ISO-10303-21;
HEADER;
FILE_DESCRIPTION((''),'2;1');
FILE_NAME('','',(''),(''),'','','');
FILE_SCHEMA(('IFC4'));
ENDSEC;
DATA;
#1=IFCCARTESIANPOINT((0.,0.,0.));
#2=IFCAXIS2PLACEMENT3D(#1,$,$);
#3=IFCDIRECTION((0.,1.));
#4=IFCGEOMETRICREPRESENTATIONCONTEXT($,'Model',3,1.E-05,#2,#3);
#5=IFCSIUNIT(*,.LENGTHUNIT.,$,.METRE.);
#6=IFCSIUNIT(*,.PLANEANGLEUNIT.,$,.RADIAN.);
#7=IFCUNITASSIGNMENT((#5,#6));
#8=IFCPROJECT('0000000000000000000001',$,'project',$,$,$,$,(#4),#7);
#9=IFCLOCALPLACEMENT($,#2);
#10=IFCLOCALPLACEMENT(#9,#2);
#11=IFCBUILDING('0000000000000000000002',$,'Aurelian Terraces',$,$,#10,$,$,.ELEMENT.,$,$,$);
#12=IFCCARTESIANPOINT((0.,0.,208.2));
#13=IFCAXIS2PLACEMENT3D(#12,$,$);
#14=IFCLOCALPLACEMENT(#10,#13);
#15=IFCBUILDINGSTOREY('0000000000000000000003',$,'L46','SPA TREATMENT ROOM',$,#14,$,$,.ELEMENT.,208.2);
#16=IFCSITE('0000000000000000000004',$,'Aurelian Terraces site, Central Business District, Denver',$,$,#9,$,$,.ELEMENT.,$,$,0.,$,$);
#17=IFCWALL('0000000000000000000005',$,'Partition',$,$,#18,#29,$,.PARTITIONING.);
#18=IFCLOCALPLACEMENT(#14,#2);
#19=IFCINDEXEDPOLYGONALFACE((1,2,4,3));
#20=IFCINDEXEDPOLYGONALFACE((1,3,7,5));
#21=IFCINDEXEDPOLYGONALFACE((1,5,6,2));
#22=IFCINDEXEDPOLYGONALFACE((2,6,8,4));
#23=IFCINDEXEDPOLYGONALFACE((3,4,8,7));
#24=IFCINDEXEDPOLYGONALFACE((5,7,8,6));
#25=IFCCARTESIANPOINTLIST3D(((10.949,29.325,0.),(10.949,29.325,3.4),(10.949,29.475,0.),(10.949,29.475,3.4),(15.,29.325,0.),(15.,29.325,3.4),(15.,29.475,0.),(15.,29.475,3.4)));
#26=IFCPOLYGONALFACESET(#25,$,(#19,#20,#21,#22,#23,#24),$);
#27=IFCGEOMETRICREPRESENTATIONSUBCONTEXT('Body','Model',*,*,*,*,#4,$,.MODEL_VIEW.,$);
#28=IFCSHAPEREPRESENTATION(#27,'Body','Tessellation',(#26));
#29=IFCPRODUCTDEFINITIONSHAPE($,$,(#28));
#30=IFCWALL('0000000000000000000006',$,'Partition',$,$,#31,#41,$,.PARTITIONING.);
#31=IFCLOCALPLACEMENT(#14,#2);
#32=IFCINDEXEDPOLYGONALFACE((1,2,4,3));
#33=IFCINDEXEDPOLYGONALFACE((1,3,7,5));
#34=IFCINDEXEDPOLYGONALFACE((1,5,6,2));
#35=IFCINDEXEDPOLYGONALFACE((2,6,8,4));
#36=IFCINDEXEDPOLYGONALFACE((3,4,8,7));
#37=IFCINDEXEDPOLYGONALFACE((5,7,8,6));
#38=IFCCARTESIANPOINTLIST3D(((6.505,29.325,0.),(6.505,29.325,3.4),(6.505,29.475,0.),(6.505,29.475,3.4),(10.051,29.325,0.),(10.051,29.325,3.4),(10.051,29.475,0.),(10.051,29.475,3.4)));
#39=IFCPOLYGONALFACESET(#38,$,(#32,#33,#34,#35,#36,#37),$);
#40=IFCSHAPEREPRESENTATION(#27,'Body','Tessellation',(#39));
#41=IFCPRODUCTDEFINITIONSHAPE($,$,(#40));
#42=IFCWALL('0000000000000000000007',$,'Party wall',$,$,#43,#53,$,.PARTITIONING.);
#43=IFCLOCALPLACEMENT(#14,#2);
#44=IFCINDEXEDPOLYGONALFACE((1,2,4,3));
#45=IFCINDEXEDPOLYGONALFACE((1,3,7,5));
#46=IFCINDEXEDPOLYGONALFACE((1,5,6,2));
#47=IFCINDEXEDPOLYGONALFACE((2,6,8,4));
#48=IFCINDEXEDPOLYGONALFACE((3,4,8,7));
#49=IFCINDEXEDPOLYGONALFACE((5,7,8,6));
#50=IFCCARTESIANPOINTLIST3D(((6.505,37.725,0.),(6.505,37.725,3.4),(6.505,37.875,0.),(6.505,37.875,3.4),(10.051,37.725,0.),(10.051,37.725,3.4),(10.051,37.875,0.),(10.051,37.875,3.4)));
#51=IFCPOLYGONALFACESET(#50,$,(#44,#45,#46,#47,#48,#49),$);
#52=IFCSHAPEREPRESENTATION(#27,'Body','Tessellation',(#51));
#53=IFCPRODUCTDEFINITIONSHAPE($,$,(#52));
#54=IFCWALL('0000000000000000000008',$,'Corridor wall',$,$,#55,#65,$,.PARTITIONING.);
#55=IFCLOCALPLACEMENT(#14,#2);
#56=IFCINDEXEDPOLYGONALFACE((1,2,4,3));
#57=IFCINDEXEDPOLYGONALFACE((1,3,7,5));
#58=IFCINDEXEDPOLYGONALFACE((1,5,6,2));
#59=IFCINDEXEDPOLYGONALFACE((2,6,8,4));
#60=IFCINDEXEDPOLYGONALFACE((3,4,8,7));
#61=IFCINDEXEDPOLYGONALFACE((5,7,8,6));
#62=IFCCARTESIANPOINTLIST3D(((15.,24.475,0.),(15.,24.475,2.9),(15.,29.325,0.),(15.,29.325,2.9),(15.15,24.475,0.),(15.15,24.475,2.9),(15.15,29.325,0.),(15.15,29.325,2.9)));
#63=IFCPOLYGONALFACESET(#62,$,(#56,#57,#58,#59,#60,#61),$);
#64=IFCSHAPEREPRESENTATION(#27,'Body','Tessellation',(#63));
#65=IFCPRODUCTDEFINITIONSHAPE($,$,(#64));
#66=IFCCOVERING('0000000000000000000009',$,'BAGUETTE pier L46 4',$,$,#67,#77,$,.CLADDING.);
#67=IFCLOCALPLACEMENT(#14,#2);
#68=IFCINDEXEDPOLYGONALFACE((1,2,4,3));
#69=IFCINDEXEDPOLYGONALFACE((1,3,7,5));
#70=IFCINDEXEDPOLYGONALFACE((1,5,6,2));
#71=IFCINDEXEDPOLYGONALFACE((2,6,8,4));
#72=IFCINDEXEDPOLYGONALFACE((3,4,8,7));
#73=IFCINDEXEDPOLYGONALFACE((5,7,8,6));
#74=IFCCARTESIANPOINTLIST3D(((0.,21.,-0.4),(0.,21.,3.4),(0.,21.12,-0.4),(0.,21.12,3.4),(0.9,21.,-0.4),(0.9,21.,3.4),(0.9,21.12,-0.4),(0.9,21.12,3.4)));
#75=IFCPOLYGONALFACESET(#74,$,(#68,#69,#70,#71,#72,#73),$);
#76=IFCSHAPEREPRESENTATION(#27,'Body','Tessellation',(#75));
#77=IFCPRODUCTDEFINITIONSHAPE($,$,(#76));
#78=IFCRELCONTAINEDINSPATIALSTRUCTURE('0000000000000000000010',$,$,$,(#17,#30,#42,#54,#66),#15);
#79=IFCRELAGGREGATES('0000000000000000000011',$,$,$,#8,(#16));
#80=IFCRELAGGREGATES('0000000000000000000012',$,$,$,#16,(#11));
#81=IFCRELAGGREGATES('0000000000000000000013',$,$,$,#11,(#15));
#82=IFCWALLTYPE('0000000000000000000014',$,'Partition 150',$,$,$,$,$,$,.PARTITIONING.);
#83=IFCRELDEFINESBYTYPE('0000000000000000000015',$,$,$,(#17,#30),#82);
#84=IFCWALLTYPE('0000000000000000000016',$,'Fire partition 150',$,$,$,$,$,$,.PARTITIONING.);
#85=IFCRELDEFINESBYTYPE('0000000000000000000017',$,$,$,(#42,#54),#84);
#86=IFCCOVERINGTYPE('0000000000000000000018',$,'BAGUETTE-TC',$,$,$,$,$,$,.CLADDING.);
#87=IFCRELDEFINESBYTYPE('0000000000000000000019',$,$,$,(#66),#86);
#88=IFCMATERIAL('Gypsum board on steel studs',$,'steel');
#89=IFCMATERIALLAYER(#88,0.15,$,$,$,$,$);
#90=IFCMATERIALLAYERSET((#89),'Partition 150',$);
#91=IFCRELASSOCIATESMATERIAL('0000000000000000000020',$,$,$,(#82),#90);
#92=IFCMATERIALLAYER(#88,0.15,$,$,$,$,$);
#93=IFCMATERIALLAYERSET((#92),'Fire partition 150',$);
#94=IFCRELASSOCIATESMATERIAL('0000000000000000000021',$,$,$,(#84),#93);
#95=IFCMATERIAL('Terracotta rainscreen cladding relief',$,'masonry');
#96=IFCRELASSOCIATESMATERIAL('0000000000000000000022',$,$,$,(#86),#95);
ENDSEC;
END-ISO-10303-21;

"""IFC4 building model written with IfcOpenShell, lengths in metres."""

from ifc_helpers import new_model, si_unit, direction, frame, frame_2d, origin, origin_2d, place, context, subcontext, project, spatial, rectangle, extrude, source, transform, mapped, material, layer, layer_set, type_object, element, save


model = new_model("IFC4")

# Units and contexts
model_context = context("Model", 3, precision=1e-05, world=origin(), true_north=direction((0.0, 1.0)))
body_context = subcontext(model_context, "Body", "Model", "MODEL_VIEW")
ifc_project = project(units=[si_unit("LENGTHUNIT", "METRE"), si_unit("PLANEANGLEUNIT", "RADIAN")], contexts=[model_context])

# Site, building, storey
site_placement = place(None, origin())
site = spatial("IfcSite", under=ifc_project, at=site_placement, Name="Aurelian Terraces site, Central Business District, Denver", CompositionType="ELEMENT", RefElevation=0.0)
building_placement = place(site_placement, origin())
building = spatial("IfcBuilding", under=site, at=building_placement, Name="Aurelian Terraces", CompositionType="ELEMENT")
storey_placement = place(building_placement, frame((0.0, 0.0, 208.2)))
storey = spatial("IfcBuildingStorey", under=building, at=storey_placement, Name="L46", Description="SPA TREATMENT ROOM", CompositionType="ELEMENT", Elevation=208.2)

# Shared definitions
ifc_material_1 = material(Name="Gypsum board on steel studs", Category="steel")
ifc_layer_1 = layer(ifc_material_1, 0.15)
ifc_layer_set_1 = layer_set([ifc_layer_1], Name="Partition 150")
wall_type_1 = type_object("IfcWallType", Name="Partition 150", PredefinedType="PARTITIONING", material=ifc_layer_set_1)

# Shared definitions
ifc_layer_2 = layer(ifc_material_1, 0.15)
ifc_layer_set_2 = layer_set([ifc_layer_2], Name="Fire partition 150")
wall_type_2 = type_object("IfcWallType", Name="Fire partition 150", PredefinedType="PARTITIONING", material=ifc_layer_set_2)

# Walls
shared_shape_1 = source(origin(), body_context, "Body", "SweptSolid", [
    extrude(rectangle(XDim=4.051, YDim=0.15, at=frame_2d((2.0255, 0.0))), origin(), (0.0, 0.0, 1.0), 3.4),
])
wall_1_placement = place(storey_placement, frame((15.0, 29.4, 0.0), z_axis=(0.0, 0.0, 1.0), x_axis=(-1.0, 0.0, 0.0)))
element("IfcWall", 1, at=wall_1_placement, inside=storey, type_object=wall_type_1, Name="Partition", PredefinedType="PARTITIONING", context=body_context, shape_type="MappedRepresentation", body=[
    mapped(shared_shape_1, transform((0.0, 0.0, 0.0), scale=1.0)),
])
shared_shape_2 = source(origin(), body_context, "Body", "SweptSolid", [
    extrude(rectangle(XDim=3.546, YDim=0.15, at=frame_2d((1.773, 0.0))), origin(), (0.0, 0.0, 1.0), 3.4),
])
wall_2_placement = place(storey_placement, frame((10.051, 29.4, 0.0), z_axis=(0.0, 0.0, 1.0), x_axis=(-1.0, 0.0, 0.0)))
element("IfcWall", 2, at=wall_2_placement, inside=storey, type_object=wall_type_1, Name="Partition", PredefinedType="PARTITIONING", context=body_context, shape_type="MappedRepresentation", body=[
    mapped(shared_shape_2, transform((0.0, 0.0, 0.0), scale=1.0)),
])
wall_3_placement = place(storey_placement, frame((10.051, 37.8, 0.0), z_axis=(0.0, 0.0, 1.0), x_axis=(-1.0, 0.0, 0.0)))
element("IfcWall", 3, at=wall_3_placement, inside=storey, type_object=wall_type_2, Name="Party wall", PredefinedType="PARTITIONING", context=body_context, shape_type="MappedRepresentation", body=[
    mapped(shared_shape_2, transform((0.0, 0.0, 0.0), scale=1.0)),
])
shared_shape_3 = source(origin(), body_context, "Body", "SweptSolid", [
    extrude(rectangle(XDim=4.85, YDim=0.15, at=frame_2d((2.425, 0.0))), origin(), (0.0, 0.0, 1.0), 2.9),
])
wall_4_placement = place(storey_placement, frame((15.075, 24.475, 0.0), z_axis=(0.0, 0.0, 1.0), x_axis=(0.0, 1.0, 0.0)))
element("IfcWall", 4, at=wall_4_placement, inside=storey, type_object=wall_type_2, Name="Corridor wall", PredefinedType="PARTITIONING", context=body_context, shape_type="MappedRepresentation", body=[
    mapped(shared_shape_3, transform((0.0, 0.0, 0.0), scale=1.0)),
])

# Covering
ifc_material_2 = material(Name="Terracotta rainscreen cladding relief", Category="masonry")
covering_type = type_object("IfcCoveringType", Name="BAGUETTE-TC", PredefinedType="CLADDING", material=ifc_material_2)
shared_shape_4 = source(origin(), body_context, "Body", "SweptSolid", [
    extrude(rectangle(XDim=0.9, YDim=0.12, at=origin_2d()), origin(), (0.0, 0.0, 1.0), 3.8),
])
covering_placement = place(storey_placement, frame((0.45, 21.06, -0.4), z_axis=(0.0, 0.0, 1.0), x_axis=(1.0, 0.0, 0.0)))
element("IfcCovering", 5, at=covering_placement, inside=storey, type_object=covering_type, Name="BAGUETTE pier L46 4", PredefinedType="CLADDING", context=body_context, shape_type="MappedRepresentation", body=[
    mapped(shared_shape_4, transform((0.0, 0.0, 0.0), scale=1.0)),
])

save(model, "model.ifc")
